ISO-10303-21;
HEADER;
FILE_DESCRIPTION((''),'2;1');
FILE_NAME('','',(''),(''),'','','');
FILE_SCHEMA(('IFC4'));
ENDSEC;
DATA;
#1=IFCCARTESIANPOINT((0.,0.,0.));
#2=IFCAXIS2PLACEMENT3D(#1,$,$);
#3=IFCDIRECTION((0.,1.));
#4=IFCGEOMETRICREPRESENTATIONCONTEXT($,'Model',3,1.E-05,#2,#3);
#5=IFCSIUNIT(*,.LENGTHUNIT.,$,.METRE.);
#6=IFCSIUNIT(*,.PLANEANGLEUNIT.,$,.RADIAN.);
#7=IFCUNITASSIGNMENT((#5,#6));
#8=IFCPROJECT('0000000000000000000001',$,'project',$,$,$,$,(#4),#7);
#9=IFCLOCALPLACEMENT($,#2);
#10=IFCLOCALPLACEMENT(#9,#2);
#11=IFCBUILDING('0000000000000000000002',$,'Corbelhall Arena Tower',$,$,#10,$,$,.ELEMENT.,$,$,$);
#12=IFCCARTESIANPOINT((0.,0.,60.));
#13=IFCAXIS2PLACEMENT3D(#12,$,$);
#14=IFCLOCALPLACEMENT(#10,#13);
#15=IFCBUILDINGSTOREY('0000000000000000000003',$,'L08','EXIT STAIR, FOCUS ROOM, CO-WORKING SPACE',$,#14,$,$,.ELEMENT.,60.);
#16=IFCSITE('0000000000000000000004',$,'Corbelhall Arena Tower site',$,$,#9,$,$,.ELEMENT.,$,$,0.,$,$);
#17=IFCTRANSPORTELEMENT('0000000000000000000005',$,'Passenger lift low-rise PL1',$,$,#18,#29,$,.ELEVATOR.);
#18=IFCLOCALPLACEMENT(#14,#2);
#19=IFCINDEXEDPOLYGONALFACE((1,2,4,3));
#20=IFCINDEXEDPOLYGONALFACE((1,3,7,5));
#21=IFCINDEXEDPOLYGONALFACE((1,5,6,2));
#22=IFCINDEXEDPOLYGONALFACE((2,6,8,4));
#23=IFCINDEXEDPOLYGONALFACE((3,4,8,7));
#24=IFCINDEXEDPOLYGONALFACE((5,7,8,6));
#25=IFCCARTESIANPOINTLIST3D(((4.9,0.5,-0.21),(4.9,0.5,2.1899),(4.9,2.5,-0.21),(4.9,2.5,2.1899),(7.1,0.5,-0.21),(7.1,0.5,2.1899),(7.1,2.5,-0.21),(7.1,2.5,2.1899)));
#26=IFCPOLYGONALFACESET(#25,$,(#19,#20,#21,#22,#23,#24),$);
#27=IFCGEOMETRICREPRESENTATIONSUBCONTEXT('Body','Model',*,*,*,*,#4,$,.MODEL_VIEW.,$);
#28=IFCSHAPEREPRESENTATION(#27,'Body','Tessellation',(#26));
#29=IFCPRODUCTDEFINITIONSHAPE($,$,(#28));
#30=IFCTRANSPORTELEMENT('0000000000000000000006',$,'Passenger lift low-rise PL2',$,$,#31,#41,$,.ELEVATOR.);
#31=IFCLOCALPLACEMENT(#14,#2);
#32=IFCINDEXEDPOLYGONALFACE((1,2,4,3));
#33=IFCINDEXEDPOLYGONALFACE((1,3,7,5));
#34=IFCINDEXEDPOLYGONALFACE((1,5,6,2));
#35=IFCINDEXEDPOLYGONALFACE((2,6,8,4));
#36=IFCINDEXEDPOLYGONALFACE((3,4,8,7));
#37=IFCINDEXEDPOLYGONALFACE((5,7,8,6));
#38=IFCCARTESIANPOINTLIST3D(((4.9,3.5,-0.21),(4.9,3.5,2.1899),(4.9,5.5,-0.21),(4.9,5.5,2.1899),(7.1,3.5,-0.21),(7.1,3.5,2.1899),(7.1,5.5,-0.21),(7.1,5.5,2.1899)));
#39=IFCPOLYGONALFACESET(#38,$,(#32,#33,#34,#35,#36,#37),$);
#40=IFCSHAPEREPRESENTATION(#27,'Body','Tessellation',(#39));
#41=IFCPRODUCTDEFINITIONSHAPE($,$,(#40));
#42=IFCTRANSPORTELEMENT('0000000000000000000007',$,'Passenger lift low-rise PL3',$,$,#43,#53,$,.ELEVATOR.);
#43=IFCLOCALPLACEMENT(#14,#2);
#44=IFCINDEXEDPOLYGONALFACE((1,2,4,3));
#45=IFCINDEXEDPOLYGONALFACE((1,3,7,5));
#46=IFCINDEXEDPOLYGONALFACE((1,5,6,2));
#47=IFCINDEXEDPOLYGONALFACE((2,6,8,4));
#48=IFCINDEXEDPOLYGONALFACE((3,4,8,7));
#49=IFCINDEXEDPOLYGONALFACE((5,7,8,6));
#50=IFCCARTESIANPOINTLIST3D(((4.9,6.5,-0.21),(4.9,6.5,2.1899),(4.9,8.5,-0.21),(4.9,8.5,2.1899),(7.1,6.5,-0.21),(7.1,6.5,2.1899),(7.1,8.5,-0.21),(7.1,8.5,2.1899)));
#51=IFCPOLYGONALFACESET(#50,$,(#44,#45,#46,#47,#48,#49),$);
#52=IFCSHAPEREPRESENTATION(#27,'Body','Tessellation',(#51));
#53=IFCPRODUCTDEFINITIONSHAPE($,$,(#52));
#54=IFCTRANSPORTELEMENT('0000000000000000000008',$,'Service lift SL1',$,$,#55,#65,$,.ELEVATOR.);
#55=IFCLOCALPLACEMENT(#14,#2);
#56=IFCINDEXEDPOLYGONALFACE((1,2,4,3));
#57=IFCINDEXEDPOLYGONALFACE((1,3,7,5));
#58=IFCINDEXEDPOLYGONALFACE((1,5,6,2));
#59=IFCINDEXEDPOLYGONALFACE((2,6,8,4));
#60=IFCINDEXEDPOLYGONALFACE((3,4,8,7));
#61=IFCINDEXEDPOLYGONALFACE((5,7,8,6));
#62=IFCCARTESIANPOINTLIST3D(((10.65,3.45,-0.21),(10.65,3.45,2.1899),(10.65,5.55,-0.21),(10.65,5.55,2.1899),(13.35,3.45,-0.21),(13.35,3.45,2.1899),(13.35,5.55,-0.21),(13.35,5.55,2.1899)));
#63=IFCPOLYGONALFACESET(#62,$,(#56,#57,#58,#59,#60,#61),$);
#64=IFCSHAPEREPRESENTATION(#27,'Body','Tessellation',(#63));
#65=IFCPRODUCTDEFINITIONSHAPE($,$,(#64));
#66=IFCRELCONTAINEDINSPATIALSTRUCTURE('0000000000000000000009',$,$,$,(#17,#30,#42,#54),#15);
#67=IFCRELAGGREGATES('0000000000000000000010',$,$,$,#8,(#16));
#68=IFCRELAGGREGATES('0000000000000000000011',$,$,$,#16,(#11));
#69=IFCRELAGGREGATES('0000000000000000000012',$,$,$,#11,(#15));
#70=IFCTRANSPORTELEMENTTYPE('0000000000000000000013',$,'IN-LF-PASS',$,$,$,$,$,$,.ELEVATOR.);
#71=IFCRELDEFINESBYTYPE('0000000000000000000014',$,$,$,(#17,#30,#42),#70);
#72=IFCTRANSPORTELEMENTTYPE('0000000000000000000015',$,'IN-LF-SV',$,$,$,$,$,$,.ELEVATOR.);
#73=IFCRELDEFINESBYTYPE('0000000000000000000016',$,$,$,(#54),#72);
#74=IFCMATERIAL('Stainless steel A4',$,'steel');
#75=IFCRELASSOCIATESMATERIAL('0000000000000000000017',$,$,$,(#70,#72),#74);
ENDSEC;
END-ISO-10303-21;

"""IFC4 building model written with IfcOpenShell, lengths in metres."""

from ifc_helpers import new_model, si_unit, direction, frame, origin, origin_2d, place, context, subcontext, project, spatial, rectangle, extrude, material, type_object, element, save


model = new_model("IFC4")

# Units and contexts
model_context = context("Model", 3, precision=1e-05, world=origin(), true_north=direction((0.0, 1.0)))
body_context = subcontext(model_context, "Body", "Model", "MODEL_VIEW")
ifc_project = project(units=[si_unit("LENGTHUNIT", "METRE"), si_unit("PLANEANGLEUNIT", "RADIAN")], contexts=[model_context])

# Site, building, storey
site_placement = place(None, origin())
site = spatial("IfcSite", under=ifc_project, at=site_placement, Name="Corbelhall Arena Tower site", CompositionType="ELEMENT", RefElevation=0.0)
building_placement = place(site_placement, origin())
building = spatial("IfcBuilding", under=site, at=building_placement, Name="Corbelhall Arena Tower", CompositionType="ELEMENT")
storey_placement = place(building_placement, frame((0.0, 0.0, 60.0)))
storey = spatial("IfcBuildingStorey", under=building, at=storey_placement, Name="L08", Description="EXIT STAIR, FOCUS ROOM, CO-WORKING SPACE", CompositionType="ELEMENT", Elevation=60.0)

# Transport elements
ifc_material_1 = material(Name="Stainless steel A4", Category="steel")
transport_element_type_1 = type_object("IfcTransportElementType", Name="IN-LF-PASS", PredefinedType="ELEVATOR", material=ifc_material_1)
for number, where, z_axis, x_axis, name in (
    (1, (6.0, 1.5, -0.21), (0.0, 0.0, 1.0), (1.0, 0.0, 0.0), "Passenger lift low-rise PL1"),
    (2, (6.0, 4.5, -0.21), (0.0, 0.0, 1.0), (1.0, 0.0, 0.0), "Passenger lift low-rise PL2"),
    (3, (6.0, 7.5, -0.21), (0.0, 0.0, 1.0), (1.0, 0.0, 0.0), "Passenger lift low-rise PL3"),
):
    element("IfcTransportElement", number, at=place(storey_placement, frame(where, z_axis=z_axis, x_axis=x_axis)), inside=storey, type_object=transport_element_type_1, Name=name, PredefinedType="ELEVATOR", context=body_context, shape_type="SweptSolid", body=[
        extrude(rectangle(XDim=2.2, YDim=2.0, at=origin_2d()), origin(), (0.0, 0.0, 1.0), 2.3999),
    ])
transport_element_type_2 = type_object("IfcTransportElementType", Name="IN-LF-SV", PredefinedType="ELEVATOR", material=ifc_material_1)
transport_element_1_placement = place(storey_placement, frame((12.0, 4.5, -0.21), z_axis=(0.0, 0.0, 1.0), x_axis=(1.0, 0.0, 0.0)))
element("IfcTransportElement", 4, at=transport_element_1_placement, inside=storey, type_object=transport_element_type_2, Name="Service lift SL1", PredefinedType="ELEVATOR", context=body_context, shape_type="SweptSolid", body=[
    extrude(rectangle(XDim=2.7, YDim=2.1001, at=origin_2d()), origin(), (0.0, 0.0, 1.0), 2.3999),
])

save(model, "model.ifc")
